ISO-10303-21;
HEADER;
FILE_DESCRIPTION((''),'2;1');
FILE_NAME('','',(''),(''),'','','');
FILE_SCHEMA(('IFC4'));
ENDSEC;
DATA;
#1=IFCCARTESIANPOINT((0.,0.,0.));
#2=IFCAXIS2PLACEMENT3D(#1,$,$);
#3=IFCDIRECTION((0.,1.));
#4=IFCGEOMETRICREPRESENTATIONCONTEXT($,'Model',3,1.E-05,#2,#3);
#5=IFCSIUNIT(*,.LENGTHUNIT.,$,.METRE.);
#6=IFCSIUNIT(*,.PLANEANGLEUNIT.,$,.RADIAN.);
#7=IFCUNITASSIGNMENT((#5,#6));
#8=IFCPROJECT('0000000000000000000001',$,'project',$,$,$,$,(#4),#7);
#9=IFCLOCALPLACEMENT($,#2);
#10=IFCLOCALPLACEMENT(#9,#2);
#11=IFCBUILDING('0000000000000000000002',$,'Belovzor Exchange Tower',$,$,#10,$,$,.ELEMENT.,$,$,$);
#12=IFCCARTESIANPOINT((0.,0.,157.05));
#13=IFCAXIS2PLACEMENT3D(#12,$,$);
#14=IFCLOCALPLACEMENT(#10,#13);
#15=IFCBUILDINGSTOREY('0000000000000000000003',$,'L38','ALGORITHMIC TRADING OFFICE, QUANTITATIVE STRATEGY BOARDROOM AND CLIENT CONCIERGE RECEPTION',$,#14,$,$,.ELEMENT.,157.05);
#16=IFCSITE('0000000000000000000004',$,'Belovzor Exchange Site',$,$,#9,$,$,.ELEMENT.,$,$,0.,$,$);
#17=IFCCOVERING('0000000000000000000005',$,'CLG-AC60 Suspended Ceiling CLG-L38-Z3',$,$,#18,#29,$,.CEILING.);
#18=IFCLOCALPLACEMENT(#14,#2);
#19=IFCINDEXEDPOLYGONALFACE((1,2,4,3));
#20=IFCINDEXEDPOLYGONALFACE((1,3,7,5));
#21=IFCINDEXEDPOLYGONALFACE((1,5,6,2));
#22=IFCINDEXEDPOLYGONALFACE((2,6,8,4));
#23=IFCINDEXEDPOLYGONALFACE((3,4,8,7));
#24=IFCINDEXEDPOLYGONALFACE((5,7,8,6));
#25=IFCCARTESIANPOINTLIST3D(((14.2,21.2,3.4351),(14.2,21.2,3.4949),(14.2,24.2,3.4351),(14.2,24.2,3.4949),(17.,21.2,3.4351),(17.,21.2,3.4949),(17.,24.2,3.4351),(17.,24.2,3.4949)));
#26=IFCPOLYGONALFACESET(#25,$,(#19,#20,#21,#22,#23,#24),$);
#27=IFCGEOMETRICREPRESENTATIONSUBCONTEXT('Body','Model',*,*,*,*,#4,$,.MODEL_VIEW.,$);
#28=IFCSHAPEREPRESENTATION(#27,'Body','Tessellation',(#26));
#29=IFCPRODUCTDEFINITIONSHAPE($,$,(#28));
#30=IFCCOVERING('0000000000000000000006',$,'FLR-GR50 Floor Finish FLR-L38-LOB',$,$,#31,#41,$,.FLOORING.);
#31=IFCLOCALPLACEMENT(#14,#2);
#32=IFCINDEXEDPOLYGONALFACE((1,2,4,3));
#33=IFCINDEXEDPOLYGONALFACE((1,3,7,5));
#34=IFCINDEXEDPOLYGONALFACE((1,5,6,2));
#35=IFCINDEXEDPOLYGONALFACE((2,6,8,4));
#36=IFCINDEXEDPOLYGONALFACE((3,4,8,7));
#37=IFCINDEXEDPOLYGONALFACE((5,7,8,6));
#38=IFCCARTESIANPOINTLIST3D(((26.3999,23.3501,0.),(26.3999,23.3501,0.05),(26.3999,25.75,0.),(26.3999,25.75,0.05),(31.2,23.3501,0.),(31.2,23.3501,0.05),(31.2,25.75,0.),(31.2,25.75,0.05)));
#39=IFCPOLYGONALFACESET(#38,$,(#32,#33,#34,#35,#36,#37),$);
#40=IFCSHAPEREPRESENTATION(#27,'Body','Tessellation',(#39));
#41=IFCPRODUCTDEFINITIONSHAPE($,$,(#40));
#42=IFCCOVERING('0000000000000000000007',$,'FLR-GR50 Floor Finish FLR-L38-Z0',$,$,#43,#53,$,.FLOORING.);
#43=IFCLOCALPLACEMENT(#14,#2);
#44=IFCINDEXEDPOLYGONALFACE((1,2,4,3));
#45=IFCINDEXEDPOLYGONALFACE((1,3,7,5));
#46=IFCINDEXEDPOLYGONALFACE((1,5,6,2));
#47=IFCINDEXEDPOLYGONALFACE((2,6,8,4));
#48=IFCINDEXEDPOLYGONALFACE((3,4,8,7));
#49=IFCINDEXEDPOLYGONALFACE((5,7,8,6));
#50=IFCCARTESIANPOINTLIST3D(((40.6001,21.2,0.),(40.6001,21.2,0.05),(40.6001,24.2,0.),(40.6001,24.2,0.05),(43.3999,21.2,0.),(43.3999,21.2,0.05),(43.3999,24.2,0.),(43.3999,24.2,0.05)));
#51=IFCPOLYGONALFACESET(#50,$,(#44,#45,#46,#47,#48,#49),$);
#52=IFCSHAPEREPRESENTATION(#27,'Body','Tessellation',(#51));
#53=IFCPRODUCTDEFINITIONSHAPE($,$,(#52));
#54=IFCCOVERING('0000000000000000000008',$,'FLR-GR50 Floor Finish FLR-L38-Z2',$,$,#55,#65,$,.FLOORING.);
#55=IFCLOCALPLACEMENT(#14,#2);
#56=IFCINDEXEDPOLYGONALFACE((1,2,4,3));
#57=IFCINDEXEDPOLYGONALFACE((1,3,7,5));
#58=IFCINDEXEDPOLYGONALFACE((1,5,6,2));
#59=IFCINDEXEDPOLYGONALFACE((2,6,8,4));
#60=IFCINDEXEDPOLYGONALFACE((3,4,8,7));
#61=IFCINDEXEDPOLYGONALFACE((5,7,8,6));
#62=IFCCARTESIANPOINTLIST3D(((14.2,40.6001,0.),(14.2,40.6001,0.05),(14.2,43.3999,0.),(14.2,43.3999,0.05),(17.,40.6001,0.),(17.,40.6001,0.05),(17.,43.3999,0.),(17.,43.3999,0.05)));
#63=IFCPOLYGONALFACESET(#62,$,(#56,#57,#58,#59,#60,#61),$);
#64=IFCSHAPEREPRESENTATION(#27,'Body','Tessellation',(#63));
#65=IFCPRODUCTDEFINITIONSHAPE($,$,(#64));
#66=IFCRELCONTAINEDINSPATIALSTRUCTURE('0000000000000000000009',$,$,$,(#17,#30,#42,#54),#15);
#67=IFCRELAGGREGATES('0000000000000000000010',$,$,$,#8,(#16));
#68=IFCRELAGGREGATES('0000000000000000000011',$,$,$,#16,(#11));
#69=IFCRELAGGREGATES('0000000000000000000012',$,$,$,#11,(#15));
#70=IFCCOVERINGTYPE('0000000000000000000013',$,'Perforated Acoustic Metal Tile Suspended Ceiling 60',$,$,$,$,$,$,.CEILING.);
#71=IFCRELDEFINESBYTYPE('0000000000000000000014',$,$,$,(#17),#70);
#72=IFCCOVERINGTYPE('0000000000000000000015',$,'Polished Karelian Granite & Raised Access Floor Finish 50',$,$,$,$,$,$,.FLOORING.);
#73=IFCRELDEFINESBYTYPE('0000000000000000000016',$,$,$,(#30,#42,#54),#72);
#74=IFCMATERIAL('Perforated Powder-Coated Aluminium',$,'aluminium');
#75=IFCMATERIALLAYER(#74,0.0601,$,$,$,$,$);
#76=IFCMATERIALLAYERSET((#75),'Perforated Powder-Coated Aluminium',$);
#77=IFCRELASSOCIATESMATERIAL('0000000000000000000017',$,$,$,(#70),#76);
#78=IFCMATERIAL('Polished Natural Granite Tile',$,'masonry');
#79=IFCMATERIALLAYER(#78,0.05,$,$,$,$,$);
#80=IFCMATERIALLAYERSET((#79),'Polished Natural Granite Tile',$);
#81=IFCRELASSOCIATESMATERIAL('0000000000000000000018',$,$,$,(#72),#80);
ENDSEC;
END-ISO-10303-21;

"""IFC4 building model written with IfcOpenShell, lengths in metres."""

from ifc_helpers import new_model, si_unit, direction, frame, origin, place, context, subcontext, project, spatial, polyline, outline, extrude, material, layer, layer_set, type_object, element, save


model = new_model("IFC4")

# Units and contexts
model_context = context("Model", 3, precision=1e-05, world=origin(), true_north=direction((0.0, 1.0)))
body_context = subcontext(model_context, "Body", "Model", "MODEL_VIEW")
ifc_project = project(units=[si_unit("LENGTHUNIT", "METRE"), si_unit("PLANEANGLEUNIT", "RADIAN")], contexts=[model_context])

# Site, building, storey
site_placement = place(None, origin())
site = spatial("IfcSite", under=ifc_project, at=site_placement, Name="Belovzor Exchange Site", CompositionType="ELEMENT", RefElevation=0.0)
building_placement = place(site_placement, origin())
building = spatial("IfcBuilding", under=site, at=building_placement, Name="Belovzor Exchange Tower", CompositionType="ELEMENT")
storey_placement = place(building_placement, frame((0.0, 0.0, 157.05)))
storey = spatial("IfcBuildingStorey", under=building, at=storey_placement, Name="L38", Description="ALGORITHMIC TRADING OFFICE, QUANTITATIVE STRATEGY BOARDROOM AND CLIENT CONCIERGE RECEPTION", CompositionType="ELEMENT", Elevation=157.05)

# Coverings
ifc_material_1 = material(Name="Perforated Powder-Coated Aluminium", Category="aluminium")
ifc_layer_1 = layer(ifc_material_1, 0.0601)
ifc_layer_set_1 = layer_set([ifc_layer_1], Name="Perforated Powder-Coated Aluminium")
covering_type_1 = type_object("IfcCoveringType", Name="Perforated Acoustic Metal Tile Suspended Ceiling 60", PredefinedType="CEILING", material=ifc_layer_set_1)
covering_1_placement = place(storey_placement, frame((0.0, 0.0, 3.4351)))
element("IfcCovering", 1, at=covering_1_placement, inside=storey, type_object=covering_type_1, Name="CLG-AC60 Suspended Ceiling CLG-L38-Z3", PredefinedType="CEILING", context=body_context, shape_type="SweptSolid", body=[
    extrude(outline(polyline([(14.2, 21.2), (17.0, 21.2), (17.0, 24.2), (14.2, 24.2), (14.2, 21.2)])), origin(), (0.0, 0.0, 1.0), 0.0598),
])
ifc_material_2 = material(Name="Polished Natural Granite Tile", Category="masonry")
ifc_layer_2 = layer(ifc_material_2, 0.05)
ifc_layer_set_2 = layer_set([ifc_layer_2], Name="Polished Natural Granite Tile")
covering_type_2 = type_object("IfcCoveringType", Name="Polished Karelian Granite & Raised Access Floor Finish 50", PredefinedType="FLOORING", material=ifc_layer_set_2)
covering_2_placement = place(storey_placement, origin())
element("IfcCovering", 2, at=covering_2_placement, inside=storey, type_object=covering_type_2, Name="FLR-GR50 Floor Finish FLR-L38-LOB", PredefinedType="FLOORING", context=body_context, shape_type="SweptSolid", body=[
    extrude(outline(polyline([(26.3999, 23.3501), (31.2, 23.3501), (31.2, 25.75), (26.3999, 25.75), (26.3999, 23.3501)])), origin(), (0.0, 0.0, 1.0), 0.05),
])
covering_3_placement = place(storey_placement, origin())
element("IfcCovering", 3, at=covering_3_placement, inside=storey, type_object=covering_type_2, Name="FLR-GR50 Floor Finish FLR-L38-Z0", PredefinedType="FLOORING", context=body_context, shape_type="SweptSolid", body=[
    extrude(outline(polyline([(40.6001, 21.2), (43.3999, 21.2), (43.3999, 24.2), (40.6001, 24.2), (40.6001, 21.2)])), origin(), (0.0, 0.0, 1.0), 0.05),
])
covering_4_placement = place(storey_placement, origin())
element("IfcCovering", 4, at=covering_4_placement, inside=storey, type_object=covering_type_2, Name="FLR-GR50 Floor Finish FLR-L38-Z2", PredefinedType="FLOORING", context=body_context, shape_type="SweptSolid", body=[
    extrude(outline(polyline([(14.2, 40.6001), (17.0, 40.6001), (17.0, 43.3999), (14.2, 43.3999), (14.2, 40.6001)])), origin(), (0.0, 0.0, 1.0), 0.05),
])

save(model, "model.ifc")
